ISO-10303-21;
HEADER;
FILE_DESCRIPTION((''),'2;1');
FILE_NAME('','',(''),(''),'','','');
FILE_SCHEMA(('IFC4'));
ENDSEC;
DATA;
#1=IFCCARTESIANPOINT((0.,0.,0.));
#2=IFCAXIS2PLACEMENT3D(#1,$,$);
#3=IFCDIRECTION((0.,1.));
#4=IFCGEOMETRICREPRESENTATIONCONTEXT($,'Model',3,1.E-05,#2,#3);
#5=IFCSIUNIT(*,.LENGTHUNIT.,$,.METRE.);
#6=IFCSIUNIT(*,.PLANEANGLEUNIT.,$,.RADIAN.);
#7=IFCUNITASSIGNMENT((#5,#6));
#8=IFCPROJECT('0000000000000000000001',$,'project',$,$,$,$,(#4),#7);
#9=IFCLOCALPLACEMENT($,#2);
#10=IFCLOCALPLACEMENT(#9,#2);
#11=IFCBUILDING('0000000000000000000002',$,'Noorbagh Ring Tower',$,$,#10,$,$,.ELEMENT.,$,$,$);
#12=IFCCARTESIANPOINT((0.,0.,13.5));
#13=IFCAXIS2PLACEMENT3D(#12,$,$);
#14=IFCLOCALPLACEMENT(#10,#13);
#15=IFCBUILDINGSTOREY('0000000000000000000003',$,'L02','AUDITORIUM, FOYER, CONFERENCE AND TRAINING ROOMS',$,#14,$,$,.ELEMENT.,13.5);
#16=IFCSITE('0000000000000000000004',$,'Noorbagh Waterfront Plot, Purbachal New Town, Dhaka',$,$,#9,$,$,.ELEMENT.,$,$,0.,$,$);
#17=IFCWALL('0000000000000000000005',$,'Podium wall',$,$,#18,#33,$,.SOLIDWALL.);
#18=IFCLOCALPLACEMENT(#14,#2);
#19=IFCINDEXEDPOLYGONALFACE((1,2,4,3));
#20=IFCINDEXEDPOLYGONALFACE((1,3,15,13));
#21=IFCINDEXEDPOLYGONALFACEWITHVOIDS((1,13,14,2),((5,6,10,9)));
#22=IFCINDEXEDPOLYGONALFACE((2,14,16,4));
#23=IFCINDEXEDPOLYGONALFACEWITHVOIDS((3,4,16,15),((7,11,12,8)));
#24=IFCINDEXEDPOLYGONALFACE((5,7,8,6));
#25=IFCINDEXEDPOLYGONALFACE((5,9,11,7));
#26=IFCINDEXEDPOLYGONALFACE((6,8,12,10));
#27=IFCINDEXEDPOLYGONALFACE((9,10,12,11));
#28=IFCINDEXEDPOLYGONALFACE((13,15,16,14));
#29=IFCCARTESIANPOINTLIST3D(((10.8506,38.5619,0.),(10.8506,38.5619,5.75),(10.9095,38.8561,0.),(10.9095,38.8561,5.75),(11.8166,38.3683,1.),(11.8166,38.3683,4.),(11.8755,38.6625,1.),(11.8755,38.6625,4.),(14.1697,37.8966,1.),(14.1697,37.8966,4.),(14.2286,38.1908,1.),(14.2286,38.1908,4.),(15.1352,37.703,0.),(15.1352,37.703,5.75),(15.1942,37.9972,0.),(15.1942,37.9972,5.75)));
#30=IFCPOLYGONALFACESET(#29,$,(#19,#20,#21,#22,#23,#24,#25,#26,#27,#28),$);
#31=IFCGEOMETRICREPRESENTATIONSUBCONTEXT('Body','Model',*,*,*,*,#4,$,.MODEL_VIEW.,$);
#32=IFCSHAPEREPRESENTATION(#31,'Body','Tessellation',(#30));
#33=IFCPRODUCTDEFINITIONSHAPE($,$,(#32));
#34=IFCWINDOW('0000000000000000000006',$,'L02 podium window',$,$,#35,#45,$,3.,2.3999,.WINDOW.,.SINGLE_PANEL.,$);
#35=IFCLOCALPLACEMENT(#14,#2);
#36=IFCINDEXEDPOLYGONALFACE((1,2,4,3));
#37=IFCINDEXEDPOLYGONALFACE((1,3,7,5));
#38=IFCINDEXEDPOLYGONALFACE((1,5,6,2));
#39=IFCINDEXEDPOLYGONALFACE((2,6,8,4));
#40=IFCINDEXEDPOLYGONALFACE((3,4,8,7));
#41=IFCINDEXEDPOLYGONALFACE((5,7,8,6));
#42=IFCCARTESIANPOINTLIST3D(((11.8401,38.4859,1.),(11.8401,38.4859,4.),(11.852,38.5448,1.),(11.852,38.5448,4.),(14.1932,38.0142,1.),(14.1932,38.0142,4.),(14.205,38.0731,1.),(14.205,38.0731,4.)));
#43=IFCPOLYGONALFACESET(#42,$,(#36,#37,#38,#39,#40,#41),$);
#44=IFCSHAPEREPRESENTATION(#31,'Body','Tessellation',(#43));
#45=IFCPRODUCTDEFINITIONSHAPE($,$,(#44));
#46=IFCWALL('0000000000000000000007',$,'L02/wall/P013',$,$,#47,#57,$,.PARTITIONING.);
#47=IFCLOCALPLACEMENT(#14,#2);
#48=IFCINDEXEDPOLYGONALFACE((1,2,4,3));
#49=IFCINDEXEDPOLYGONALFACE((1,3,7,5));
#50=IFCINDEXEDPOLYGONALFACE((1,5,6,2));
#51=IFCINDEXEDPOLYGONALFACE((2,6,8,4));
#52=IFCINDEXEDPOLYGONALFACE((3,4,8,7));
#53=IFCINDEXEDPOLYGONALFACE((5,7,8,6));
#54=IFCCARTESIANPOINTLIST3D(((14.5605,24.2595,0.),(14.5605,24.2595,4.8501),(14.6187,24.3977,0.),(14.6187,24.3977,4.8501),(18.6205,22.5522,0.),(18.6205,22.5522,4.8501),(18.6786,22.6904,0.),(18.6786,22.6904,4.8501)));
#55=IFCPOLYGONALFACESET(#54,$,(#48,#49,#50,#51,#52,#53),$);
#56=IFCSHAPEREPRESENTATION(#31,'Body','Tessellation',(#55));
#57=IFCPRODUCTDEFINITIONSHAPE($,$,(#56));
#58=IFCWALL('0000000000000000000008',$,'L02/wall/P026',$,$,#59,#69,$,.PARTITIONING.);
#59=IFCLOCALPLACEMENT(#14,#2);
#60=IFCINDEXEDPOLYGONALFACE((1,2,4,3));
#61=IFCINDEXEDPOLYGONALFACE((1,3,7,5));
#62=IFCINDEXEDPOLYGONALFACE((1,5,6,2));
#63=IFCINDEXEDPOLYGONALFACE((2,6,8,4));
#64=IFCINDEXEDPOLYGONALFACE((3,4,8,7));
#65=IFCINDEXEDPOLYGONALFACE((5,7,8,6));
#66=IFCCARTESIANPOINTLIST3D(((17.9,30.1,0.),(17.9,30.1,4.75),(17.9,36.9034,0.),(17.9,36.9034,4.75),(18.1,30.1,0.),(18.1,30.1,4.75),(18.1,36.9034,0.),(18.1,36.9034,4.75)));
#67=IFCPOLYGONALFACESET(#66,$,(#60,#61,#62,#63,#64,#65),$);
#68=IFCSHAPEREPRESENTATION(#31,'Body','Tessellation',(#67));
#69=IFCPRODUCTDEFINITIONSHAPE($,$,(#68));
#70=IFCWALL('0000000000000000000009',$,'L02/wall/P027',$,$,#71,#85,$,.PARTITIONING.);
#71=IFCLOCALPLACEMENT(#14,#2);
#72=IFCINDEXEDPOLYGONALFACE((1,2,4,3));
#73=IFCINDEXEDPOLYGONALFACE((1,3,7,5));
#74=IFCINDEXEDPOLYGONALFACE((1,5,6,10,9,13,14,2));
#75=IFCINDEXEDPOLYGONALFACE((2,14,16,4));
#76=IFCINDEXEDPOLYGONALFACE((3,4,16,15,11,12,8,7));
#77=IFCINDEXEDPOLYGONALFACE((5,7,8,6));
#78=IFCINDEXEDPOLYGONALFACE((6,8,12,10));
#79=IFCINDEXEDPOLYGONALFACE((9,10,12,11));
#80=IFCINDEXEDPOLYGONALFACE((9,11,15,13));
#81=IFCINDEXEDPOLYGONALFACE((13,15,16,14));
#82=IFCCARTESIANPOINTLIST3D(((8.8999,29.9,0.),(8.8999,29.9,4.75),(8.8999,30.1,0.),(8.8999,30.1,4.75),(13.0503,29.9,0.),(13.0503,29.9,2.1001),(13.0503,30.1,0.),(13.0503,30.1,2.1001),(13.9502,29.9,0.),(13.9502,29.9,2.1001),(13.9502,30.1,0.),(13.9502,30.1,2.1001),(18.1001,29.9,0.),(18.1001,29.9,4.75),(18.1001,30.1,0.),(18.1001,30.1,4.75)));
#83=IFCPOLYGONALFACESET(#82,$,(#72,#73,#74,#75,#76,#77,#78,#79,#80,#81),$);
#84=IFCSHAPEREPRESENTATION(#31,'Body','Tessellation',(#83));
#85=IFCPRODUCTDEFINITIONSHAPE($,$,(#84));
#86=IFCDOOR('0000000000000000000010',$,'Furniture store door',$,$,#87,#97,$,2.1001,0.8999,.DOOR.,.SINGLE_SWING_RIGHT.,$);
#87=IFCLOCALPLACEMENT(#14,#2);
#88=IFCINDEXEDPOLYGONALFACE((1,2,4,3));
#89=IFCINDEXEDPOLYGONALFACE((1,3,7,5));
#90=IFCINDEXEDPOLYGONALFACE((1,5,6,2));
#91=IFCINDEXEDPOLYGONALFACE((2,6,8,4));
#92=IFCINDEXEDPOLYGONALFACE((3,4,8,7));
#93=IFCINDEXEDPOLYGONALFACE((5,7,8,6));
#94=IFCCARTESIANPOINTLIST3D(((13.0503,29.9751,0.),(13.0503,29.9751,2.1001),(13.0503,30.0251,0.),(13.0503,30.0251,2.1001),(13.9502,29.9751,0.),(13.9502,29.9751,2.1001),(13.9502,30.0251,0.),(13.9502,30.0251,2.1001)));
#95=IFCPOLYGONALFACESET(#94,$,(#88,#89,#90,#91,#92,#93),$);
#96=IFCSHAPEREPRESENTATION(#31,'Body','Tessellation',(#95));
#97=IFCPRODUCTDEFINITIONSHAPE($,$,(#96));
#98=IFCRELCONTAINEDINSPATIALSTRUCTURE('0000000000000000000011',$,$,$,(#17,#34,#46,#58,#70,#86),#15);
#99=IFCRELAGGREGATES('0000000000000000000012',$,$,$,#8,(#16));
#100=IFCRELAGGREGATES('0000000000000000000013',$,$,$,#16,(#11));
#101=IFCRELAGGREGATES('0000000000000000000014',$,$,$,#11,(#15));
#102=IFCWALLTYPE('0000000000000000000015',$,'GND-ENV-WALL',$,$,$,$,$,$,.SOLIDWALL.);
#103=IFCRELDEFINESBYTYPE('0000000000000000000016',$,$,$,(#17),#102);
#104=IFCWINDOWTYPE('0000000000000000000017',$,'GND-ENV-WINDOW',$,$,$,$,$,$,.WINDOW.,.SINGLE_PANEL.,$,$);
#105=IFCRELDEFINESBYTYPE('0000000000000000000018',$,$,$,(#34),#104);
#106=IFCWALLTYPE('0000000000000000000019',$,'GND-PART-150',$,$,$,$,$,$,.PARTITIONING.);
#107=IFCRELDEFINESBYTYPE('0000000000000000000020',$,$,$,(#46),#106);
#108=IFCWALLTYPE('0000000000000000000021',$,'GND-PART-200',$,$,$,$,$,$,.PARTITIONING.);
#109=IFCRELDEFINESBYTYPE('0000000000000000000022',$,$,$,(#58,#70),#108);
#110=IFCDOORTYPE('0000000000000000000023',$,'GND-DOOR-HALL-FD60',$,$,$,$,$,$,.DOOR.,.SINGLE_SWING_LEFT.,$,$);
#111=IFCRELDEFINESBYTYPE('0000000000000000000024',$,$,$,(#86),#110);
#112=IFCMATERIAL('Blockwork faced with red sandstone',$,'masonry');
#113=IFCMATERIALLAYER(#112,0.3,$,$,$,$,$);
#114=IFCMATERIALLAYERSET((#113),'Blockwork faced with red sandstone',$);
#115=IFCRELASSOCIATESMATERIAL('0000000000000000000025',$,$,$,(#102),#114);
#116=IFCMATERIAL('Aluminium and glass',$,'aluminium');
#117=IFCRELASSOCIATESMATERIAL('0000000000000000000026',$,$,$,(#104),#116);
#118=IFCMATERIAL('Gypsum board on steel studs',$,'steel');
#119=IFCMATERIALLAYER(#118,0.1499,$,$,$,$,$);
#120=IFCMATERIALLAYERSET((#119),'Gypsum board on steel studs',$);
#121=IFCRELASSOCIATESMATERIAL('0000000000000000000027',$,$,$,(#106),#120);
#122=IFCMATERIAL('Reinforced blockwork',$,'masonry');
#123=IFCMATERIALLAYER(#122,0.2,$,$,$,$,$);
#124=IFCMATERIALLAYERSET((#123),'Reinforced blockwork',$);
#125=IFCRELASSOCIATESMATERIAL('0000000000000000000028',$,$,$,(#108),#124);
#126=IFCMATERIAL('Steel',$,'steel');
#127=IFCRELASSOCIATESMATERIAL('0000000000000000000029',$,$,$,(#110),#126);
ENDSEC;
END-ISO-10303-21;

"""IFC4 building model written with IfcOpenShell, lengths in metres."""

from ifc_helpers import new_model, si_unit, direction, frame, frame_2d, origin, place, context, subcontext, project, spatial, rectangle, extrude, material, layer, layer_set, type_object, element, fill, save


model = new_model("IFC4")

# Units and contexts
model_context = context("Model", 3, precision=1e-05, world=origin(), true_north=direction((0.0, 1.0)))
body_context = subcontext(model_context, "Body", "Model", "MODEL_VIEW")
ifc_project = project(units=[si_unit("LENGTHUNIT", "METRE"), si_unit("PLANEANGLEUNIT", "RADIAN")], contexts=[model_context])

# Site, building, storey
site_placement = place(None, origin())
site = spatial("IfcSite", under=ifc_project, at=site_placement, Name="Noorbagh Waterfront Plot, Purbachal New Town, Dhaka", CompositionType="ELEMENT", RefElevation=0.0)
building_placement = place(site_placement, origin())
building = spatial("IfcBuilding", under=site, at=building_placement, Name="Noorbagh Ring Tower", CompositionType="ELEMENT")
storey_placement = place(building_placement, frame((0.0, 0.0, 13.5)))
storey = spatial("IfcBuildingStorey", under=building, at=storey_placement, Name="L02", Description="AUDITORIUM, FOYER, CONFERENCE AND TRAINING ROOMS", CompositionType="ELEMENT", Elevation=13.5)

# Wall, opening, window
ifc_material_1 = material(Name="Blockwork faced with red sandstone", Category="masonry")
ifc_layer_1 = layer(ifc_material_1, 0.3)
ifc_layer_set_1 = layer_set([ifc_layer_1], Name="Blockwork faced with red sandstone")
wall_type_1 = type_object("IfcWallType", Name="GND-ENV-WALL", PredefinedType="SOLIDWALL", material=ifc_layer_set_1)
ifc_material_2 = material(Name="Aluminium and glass", Category="aluminium")
window_type = type_object("IfcWindowType", Name="GND-ENV-WINDOW", PartitioningType="SINGLE_PANEL", PredefinedType="WINDOW", material=ifc_material_2)
wall_1_placement = place(storey_placement, frame((15.1648, 37.8501, 0.0), z_axis=(0.0, 0.0, 1.0), x_axis=(-0.980495, 0.196546, 0.0)))
wall_1 = element("IfcWall", 1, at=wall_1_placement, inside=storey, type_object=wall_type_1, Name="Podium wall", PredefinedType="SOLIDWALL", context=body_context, shape_type="SweptSolid", body=[
    extrude(rectangle(XDim=4.3699, YDim=0.3, at=frame_2d((2.1851, 0.0))), origin(), (0.0, 0.0, 1.0), 5.75),
])
opening_1_placement = place(wall_1_placement, frame((0.9849, 0.0, 1.0)))
opening_1 = element("IfcOpeningElement", 2, at=opening_1_placement, cuts=wall_1, PredefinedType="OPENING", context=body_context, shape_type="SweptSolid", body=[
    extrude(rectangle(XDim=2.3999, YDim=3.0, at=frame_2d((1.2, 1.5))), frame((0.0, 0.1602, 0.0), z_axis=(0.0, -1.0, 0.0), x_axis=(1.0, 0.0, 0.0)), (0.0, 0.0, 1.0), 0.3201),
])
window_1_placement = place(opening_1_placement, origin())
window_1 = element("IfcWindow", 3, at=window_1_placement, inside=storey, type_object=window_type, Name="L02 podium window", OverallHeight=3.0, OverallWidth=2.3999, PartitioningType="SINGLE_PANEL", PredefinedType="WINDOW", context=body_context, shape_type="SweptSolid", body=[
    extrude(rectangle(XDim=2.3999, YDim=3.0, at=frame_2d((1.2, 1.5))), frame((0.0, 0.03, 0.0), z_axis=(0.0, -1.0, 0.0), x_axis=(1.0, 0.0, 0.0)), (0.0, 0.0, 1.0), 0.0601),
])
fill(opening_1, window_1)

# Walls
ifc_material_3 = material(Name="Gypsum board on steel studs", Category="steel")
ifc_layer_2 = layer(ifc_material_3, 0.1499)
ifc_layer_set_2 = layer_set([ifc_layer_2], Name="Gypsum board on steel studs")
wall_type_2 = type_object("IfcWallType", Name="GND-PART-150", PredefinedType="PARTITIONING", material=ifc_layer_set_2)
wall_2_placement = place(storey_placement, frame((14.5896, 24.3286, 0.0), z_axis=(0.0, 0.0, 1.0), x_axis=(0.921807, -0.387648, 0.0)))
element("IfcWall", 4, at=wall_2_placement, inside=storey, type_object=wall_type_2, Name="L02/wall/P013", PredefinedType="PARTITIONING", context=body_context, shape_type="SweptSolid", body=[
    extrude(rectangle(XDim=4.4043, YDim=0.1499, at=frame_2d((2.2021, 0.0))), origin(), (0.0, 0.0, 1.0), 4.8501),
])
ifc_material_4 = material(Name="Reinforced blockwork", Category="masonry")
ifc_layer_3 = layer(ifc_material_4, 0.2)
ifc_layer_set_3 = layer_set([ifc_layer_3], Name="Reinforced blockwork")
wall_type_3 = type_object("IfcWallType", Name="GND-PART-200", PredefinedType="PARTITIONING", material=ifc_layer_set_3)
wall_3_placement = place(storey_placement, frame((18.0, 36.9036, 0.0), z_axis=(0.0, 0.0, 1.0), x_axis=(0.0, -1.0, 0.0)))
element("IfcWall", 5, at=wall_3_placement, inside=storey, type_object=wall_type_3, Name="L02/wall/P026", PredefinedType="PARTITIONING", context=body_context, shape_type="SweptSolid", body=[
    extrude(rectangle(XDim=6.8035, YDim=0.2, at=frame_2d((3.4019, 0.0))), origin(), (0.0, 0.0, 1.0), 4.75),
])

# Wall, opening, door
wall_4_placement = place(storey_placement, frame((18.1001, 30.0, 0.0), z_axis=(0.0, 0.0, 1.0), x_axis=(-1.0, 0.0, 0.0)))
wall_4 = element("IfcWall", 6, at=wall_4_placement, inside=storey, type_object=wall_type_3, Name="L02/wall/P027", PredefinedType="PARTITIONING", context=body_context, shape_type="SweptSolid", body=[
    extrude(rectangle(XDim=9.2002, YDim=0.2, at=frame_2d((4.6001, 0.0))), origin(), (0.0, 0.0, 1.0), 4.75),
])
opening_2_placement = place(wall_4_placement, frame((4.1499, 0.0, 0.0)))
opening_2 = element("IfcOpeningElement", 7, at=opening_2_placement, cuts=wall_4, PredefinedType="OPENING", context=body_context, shape_type="SweptSolid", body=[
    extrude(rectangle(XDim=0.8999, YDim=2.1001, at=frame_2d((0.45, 1.05))), frame((0.0, 0.1099, 0.0), z_axis=(0.0, -1.0, 0.0), x_axis=(1.0, 0.0, 0.0)), (0.0, 0.0, 1.0), 0.22),
])
ifc_material_5 = material(Name="Steel", Category="steel")
door_type = type_object("IfcDoorType", Name="GND-DOOR-HALL-FD60", OperationType="SINGLE_SWING_LEFT", PredefinedType="DOOR", material=ifc_material_5)
door_placement = place(opening_2_placement, origin())
door = element("IfcDoor", 8, at=door_placement, inside=storey, type_object=door_type, Name="Furniture store door", OperationType="SINGLE_SWING_RIGHT", OverallHeight=2.1001, OverallWidth=0.8999, PredefinedType="DOOR", context=body_context, shape_type="SweptSolid", body=[
    extrude(rectangle(XDim=0.8999, YDim=2.1001, at=frame_2d((0.45, 1.05))), frame((0.0, 0.0249, 0.0), z_axis=(0.0, -1.0, 0.0), x_axis=(1.0, 0.0, 0.0)), (0.0, 0.0, 1.0), 0.05),
])
fill(opening_2, door)

save(model, "model.ifc")
